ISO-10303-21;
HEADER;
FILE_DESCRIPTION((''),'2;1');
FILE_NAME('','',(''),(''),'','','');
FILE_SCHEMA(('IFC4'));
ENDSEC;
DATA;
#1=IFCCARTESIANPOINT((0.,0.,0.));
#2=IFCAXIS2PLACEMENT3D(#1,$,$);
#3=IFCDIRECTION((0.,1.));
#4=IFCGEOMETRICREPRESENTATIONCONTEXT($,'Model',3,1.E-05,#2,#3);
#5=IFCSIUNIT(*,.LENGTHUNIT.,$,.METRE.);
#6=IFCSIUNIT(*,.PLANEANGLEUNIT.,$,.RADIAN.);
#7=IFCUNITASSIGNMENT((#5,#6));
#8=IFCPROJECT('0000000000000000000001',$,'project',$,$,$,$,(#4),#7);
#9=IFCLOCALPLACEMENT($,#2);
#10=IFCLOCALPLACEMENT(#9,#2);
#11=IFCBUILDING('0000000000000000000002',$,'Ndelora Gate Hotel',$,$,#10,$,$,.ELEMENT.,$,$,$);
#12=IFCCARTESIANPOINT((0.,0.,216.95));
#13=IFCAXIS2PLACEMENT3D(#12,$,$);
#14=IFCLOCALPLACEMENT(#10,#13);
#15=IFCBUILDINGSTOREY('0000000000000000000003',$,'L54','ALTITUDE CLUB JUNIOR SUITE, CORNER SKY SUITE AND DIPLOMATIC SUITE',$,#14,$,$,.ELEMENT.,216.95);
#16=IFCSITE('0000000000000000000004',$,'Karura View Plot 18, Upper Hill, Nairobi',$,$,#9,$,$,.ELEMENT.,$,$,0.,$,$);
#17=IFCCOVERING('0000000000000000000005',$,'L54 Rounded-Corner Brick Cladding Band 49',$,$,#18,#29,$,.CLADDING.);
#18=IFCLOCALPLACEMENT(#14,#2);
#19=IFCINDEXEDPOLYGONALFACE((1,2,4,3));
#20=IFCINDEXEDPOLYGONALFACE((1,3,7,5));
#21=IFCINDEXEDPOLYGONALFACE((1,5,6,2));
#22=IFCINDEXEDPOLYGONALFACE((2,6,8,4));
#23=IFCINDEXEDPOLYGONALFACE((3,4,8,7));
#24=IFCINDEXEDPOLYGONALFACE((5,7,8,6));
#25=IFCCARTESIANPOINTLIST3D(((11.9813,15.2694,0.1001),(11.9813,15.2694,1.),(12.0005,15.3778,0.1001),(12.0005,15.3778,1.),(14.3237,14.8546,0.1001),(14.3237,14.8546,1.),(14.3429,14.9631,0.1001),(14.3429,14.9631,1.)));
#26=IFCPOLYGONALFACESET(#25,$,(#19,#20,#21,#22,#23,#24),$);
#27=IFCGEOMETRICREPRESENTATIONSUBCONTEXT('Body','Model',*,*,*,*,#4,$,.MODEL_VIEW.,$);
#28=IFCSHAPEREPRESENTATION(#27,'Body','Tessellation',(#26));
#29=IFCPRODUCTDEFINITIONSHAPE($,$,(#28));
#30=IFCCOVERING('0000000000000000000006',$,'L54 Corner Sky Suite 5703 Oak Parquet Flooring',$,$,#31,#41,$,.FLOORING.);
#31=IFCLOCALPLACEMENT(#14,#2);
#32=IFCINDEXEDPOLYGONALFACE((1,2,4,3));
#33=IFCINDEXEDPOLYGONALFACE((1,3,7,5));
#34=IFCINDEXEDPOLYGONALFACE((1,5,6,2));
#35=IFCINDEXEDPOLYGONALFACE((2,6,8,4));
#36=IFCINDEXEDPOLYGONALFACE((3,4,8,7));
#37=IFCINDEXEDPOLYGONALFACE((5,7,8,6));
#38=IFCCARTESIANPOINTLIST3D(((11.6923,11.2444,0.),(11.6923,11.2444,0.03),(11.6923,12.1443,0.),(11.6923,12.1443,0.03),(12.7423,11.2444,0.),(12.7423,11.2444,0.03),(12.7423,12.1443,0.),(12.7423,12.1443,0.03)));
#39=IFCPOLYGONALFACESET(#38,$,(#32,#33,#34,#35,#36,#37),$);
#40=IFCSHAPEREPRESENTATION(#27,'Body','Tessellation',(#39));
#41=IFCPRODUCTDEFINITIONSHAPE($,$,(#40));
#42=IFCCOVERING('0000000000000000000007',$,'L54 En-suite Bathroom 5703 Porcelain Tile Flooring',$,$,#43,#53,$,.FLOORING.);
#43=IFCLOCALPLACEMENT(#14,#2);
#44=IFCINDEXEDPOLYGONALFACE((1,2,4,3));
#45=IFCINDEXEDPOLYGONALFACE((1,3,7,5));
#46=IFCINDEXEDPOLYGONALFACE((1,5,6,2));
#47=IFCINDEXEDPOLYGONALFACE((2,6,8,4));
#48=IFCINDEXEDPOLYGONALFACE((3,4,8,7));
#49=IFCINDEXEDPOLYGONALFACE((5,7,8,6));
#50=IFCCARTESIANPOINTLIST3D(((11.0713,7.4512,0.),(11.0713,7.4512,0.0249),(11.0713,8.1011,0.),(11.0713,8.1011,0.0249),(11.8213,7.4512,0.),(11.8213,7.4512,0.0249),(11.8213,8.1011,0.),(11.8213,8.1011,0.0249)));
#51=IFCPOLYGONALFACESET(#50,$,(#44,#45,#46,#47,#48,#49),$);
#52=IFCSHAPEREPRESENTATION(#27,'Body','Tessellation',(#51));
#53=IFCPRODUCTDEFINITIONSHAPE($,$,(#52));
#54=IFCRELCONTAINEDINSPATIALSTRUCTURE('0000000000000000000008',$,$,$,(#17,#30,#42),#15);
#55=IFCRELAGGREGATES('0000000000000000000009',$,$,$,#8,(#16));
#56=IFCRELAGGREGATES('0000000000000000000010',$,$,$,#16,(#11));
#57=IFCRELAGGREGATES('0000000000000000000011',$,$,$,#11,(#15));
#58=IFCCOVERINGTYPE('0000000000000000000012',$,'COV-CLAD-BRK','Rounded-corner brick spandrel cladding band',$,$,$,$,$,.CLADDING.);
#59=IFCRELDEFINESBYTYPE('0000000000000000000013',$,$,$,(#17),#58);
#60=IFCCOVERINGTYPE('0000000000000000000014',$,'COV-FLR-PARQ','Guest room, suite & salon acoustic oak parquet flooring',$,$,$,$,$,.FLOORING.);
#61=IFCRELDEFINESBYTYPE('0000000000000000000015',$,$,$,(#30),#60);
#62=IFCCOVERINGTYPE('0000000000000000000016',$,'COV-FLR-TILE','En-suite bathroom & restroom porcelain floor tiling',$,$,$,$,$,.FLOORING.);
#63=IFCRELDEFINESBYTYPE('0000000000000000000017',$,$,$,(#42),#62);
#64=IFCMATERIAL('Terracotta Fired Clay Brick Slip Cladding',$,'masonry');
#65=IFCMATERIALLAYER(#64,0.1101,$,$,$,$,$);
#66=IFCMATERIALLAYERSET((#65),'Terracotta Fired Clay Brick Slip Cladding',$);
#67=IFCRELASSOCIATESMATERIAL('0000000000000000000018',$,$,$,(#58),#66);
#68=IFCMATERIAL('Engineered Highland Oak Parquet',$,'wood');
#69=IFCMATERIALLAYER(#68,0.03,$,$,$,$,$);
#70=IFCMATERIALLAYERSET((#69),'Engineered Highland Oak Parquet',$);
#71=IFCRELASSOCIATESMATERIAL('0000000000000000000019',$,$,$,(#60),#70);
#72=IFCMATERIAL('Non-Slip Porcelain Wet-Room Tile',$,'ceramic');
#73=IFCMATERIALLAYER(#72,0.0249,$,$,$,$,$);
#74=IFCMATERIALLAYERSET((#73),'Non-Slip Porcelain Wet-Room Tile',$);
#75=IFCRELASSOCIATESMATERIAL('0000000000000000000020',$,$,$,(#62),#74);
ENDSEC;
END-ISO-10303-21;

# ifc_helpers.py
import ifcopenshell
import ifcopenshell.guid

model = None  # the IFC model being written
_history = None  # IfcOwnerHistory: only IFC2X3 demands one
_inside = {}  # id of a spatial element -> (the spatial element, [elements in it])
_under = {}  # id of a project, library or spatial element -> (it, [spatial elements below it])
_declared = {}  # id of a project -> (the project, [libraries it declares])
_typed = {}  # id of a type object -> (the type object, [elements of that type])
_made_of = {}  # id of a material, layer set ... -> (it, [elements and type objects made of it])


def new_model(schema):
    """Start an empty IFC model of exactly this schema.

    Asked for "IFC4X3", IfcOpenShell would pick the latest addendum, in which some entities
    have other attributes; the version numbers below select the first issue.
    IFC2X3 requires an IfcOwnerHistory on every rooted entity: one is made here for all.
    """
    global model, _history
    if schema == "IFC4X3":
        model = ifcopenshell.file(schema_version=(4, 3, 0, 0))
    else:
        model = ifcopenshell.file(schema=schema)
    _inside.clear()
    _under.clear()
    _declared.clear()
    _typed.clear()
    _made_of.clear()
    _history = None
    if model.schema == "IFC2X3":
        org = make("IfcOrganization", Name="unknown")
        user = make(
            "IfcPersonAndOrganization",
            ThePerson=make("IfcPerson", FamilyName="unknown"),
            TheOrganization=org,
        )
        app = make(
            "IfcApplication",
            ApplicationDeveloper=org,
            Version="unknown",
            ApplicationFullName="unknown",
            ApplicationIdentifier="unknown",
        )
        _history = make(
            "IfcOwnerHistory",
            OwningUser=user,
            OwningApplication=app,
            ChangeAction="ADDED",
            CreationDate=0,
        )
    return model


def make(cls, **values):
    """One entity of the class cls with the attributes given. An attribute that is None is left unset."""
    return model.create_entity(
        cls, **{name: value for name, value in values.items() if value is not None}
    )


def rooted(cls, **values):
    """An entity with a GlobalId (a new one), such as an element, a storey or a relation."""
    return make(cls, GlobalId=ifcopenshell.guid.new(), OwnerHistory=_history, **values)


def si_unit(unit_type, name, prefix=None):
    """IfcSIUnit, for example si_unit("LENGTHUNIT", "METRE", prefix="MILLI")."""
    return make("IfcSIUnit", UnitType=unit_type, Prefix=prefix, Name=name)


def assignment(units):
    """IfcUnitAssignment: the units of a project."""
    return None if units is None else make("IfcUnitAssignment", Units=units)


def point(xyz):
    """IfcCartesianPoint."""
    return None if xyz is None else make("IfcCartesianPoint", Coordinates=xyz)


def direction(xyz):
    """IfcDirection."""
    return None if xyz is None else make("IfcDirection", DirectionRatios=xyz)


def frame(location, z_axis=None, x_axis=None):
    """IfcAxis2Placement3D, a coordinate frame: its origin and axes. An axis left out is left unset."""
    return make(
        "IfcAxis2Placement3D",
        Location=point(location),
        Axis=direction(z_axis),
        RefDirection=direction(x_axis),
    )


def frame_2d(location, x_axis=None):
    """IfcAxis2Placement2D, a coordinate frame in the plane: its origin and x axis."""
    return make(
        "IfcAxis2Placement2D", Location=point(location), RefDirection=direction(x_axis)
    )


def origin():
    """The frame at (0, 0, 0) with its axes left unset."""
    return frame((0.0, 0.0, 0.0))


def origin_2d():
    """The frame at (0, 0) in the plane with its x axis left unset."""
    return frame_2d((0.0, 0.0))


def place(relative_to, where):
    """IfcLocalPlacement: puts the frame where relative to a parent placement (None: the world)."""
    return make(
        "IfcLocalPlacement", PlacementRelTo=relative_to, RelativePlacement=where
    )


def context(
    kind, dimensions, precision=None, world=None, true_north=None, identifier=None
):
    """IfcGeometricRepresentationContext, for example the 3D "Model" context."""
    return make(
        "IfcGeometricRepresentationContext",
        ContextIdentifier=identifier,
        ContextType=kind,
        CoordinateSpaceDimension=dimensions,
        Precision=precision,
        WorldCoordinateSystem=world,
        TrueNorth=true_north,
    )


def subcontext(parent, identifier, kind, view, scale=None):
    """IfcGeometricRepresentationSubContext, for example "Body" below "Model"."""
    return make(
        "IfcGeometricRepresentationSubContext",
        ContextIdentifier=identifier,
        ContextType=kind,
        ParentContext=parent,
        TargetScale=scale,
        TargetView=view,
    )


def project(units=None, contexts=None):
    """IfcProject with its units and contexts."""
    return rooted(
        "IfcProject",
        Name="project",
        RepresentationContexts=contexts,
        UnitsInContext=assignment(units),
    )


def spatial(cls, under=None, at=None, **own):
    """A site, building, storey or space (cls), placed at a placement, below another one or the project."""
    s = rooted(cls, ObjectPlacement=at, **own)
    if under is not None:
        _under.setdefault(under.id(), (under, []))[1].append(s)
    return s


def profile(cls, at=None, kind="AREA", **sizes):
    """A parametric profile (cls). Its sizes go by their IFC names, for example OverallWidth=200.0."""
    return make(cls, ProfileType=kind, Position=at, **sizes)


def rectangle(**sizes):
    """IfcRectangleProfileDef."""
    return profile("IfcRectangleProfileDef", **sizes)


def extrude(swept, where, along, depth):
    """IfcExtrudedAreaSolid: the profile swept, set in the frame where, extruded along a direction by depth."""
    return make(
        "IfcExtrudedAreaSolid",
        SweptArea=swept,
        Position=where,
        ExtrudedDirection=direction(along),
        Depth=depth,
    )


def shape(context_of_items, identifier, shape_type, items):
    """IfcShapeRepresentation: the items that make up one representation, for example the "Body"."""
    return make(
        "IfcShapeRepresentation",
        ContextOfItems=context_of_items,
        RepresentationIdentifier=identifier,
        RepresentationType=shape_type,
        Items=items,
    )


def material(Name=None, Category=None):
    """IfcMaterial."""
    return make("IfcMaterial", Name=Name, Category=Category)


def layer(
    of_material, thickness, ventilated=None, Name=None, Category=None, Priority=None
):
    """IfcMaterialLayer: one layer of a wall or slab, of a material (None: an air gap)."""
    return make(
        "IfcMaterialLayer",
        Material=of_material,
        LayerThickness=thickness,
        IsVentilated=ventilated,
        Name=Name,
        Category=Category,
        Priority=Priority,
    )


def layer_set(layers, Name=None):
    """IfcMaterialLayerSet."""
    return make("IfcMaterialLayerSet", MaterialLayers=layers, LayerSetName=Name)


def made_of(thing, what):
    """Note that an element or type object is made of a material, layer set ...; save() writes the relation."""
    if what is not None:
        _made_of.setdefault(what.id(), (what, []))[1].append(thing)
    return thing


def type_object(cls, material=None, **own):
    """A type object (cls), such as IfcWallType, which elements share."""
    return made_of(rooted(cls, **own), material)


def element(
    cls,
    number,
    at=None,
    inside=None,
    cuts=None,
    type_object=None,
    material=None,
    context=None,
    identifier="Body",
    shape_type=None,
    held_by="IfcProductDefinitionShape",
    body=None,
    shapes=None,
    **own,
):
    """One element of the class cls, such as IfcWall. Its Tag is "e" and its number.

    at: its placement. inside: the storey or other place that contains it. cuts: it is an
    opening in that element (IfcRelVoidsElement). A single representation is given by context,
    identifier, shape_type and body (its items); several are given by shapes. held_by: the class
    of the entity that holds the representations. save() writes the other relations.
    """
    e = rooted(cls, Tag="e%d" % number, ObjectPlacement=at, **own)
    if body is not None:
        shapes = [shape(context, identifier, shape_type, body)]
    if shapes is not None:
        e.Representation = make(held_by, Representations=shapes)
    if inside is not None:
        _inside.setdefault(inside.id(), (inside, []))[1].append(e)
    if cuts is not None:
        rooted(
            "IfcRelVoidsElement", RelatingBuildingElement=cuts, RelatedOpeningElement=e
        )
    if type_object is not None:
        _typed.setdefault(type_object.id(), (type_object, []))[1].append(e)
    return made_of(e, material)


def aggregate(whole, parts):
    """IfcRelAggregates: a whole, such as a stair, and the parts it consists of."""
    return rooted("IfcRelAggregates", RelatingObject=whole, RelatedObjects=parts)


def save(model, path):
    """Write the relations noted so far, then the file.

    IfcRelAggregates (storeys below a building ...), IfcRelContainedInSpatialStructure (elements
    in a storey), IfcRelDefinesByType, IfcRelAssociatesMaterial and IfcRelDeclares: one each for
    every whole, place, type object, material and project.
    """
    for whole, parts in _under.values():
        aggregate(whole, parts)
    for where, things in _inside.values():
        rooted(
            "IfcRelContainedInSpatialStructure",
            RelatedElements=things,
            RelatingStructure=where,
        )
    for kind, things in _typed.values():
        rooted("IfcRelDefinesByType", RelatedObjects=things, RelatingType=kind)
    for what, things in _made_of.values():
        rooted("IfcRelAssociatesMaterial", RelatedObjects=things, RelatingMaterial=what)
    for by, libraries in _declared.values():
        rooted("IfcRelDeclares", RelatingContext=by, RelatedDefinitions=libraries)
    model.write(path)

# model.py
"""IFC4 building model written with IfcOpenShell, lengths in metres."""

from ifc_helpers import new_model, si_unit, direction, frame, origin, origin_2d, place, context, subcontext, project, spatial, rectangle, extrude, material, layer, layer_set, type_object, element, save


model = new_model("IFC4")

# Units and contexts
model_context = context("Model", 3, precision=1e-05, world=origin(), true_north=direction((0.0, 1.0)))
body_context = subcontext(model_context, "Body", "Model", "MODEL_VIEW")
ifc_project = project(units=[si_unit("LENGTHUNIT", "METRE"), si_unit("PLANEANGLEUNIT", "RADIAN")], contexts=[model_context])

# Site, building, storey
site_placement = place(None, origin())
site = spatial("IfcSite", under=ifc_project, at=site_placement, Name="Karura View Plot 18, Upper Hill, Nairobi", CompositionType="ELEMENT", RefElevation=0.0)
building_placement = place(site_placement, origin())
building = spatial("IfcBuilding", under=site, at=building_placement, Name="Ndelora Gate Hotel", CompositionType="ELEMENT")
storey_placement = place(building_placement, frame((0.0, 0.0, 216.95)))
storey = spatial("IfcBuildingStorey", under=building, at=storey_placement, Name="L54", Description="ALTITUDE CLUB JUNIOR SUITE, CORNER SKY SUITE AND DIPLOMATIC SUITE", CompositionType="ELEMENT", Elevation=216.95)

# Coverings
ifc_material_1 = material(Name="Terracotta Fired Clay Brick Slip Cladding", Category="masonry")
ifc_layer_1 = layer(ifc_material_1, 0.1101)
ifc_layer_set_1 = layer_set([ifc_layer_1], Name="Terracotta Fired Clay Brick Slip Cladding")
covering_type_1 = type_object("IfcCoveringType", Name="COV-CLAD-BRK", Description="Rounded-corner brick spandrel cladding band", PredefinedType="CLADDING", material=ifc_layer_set_1)
covering_1_placement = place(storey_placement, frame((13.1621, 15.1162, 0.1001), z_axis=(0.0, 0.0, 1.0), x_axis=(-0.984686, 0.174336, 0.0)))
element("IfcCovering", 1, at=covering_1_placement, inside=storey, type_object=covering_type_1, Name="L54 Rounded-Corner Brick Cladding Band 49", PredefinedType="CLADDING", context=body_context, shape_type="SweptSolid", body=[
    extrude(rectangle(XDim=2.3789, YDim=0.1101, at=origin_2d()), origin(), (0.0, 0.0, 1.0), 0.8999),
])
ifc_material_2 = material(Name="Engineered Highland Oak Parquet", Category="wood")
ifc_layer_2 = layer(ifc_material_2, 0.03)
ifc_layer_set_2 = layer_set([ifc_layer_2], Name="Engineered Highland Oak Parquet")
covering_type_2 = type_object("IfcCoveringType", Name="COV-FLR-PARQ", Description="Guest room, suite & salon acoustic oak parquet flooring", PredefinedType="FLOORING", material=ifc_layer_set_2)
covering_2_placement = place(storey_placement, frame((12.2173, 11.6943, 0.0), z_axis=(0.0, 0.0, 1.0), x_axis=(1.0, 0.0, 0.0)))
element("IfcCovering", 2, at=covering_2_placement, inside=storey, type_object=covering_type_2, Name="L54 Corner Sky Suite 5703 Oak Parquet Flooring", PredefinedType="FLOORING", context=body_context, shape_type="SweptSolid", body=[
    extrude(rectangle(XDim=1.05, YDim=0.8999, at=origin_2d()), origin(), (0.0, 0.0, 1.0), 0.03),
])
ifc_material_3 = material(Name="Non-Slip Porcelain Wet-Room Tile", Category="ceramic")
ifc_layer_3 = layer(ifc_material_3, 0.0249)
ifc_layer_set_3 = layer_set([ifc_layer_3], Name="Non-Slip Porcelain Wet-Room Tile")
covering_type_3 = type_object("IfcCoveringType", Name="COV-FLR-TILE", Description="En-suite bathroom & restroom porcelain floor tiling", PredefinedType="FLOORING", material=ifc_layer_set_3)
covering_3_placement = place(storey_placement, frame((11.4463, 7.7761, 0.0), z_axis=(0.0, 0.0, 1.0), x_axis=(1.0, 0.0, 0.0)))
element("IfcCovering", 3, at=covering_3_placement, inside=storey, type_object=covering_type_3, Name="L54 En-suite Bathroom 5703 Porcelain Tile Flooring", PredefinedType="FLOORING", context=body_context, shape_type="SweptSolid", body=[
    extrude(rectangle(XDim=0.75, YDim=0.6499, at=origin_2d()), origin(), (0.0, 0.0, 1.0), 0.0249),
])

save(model, "model.ifc")
